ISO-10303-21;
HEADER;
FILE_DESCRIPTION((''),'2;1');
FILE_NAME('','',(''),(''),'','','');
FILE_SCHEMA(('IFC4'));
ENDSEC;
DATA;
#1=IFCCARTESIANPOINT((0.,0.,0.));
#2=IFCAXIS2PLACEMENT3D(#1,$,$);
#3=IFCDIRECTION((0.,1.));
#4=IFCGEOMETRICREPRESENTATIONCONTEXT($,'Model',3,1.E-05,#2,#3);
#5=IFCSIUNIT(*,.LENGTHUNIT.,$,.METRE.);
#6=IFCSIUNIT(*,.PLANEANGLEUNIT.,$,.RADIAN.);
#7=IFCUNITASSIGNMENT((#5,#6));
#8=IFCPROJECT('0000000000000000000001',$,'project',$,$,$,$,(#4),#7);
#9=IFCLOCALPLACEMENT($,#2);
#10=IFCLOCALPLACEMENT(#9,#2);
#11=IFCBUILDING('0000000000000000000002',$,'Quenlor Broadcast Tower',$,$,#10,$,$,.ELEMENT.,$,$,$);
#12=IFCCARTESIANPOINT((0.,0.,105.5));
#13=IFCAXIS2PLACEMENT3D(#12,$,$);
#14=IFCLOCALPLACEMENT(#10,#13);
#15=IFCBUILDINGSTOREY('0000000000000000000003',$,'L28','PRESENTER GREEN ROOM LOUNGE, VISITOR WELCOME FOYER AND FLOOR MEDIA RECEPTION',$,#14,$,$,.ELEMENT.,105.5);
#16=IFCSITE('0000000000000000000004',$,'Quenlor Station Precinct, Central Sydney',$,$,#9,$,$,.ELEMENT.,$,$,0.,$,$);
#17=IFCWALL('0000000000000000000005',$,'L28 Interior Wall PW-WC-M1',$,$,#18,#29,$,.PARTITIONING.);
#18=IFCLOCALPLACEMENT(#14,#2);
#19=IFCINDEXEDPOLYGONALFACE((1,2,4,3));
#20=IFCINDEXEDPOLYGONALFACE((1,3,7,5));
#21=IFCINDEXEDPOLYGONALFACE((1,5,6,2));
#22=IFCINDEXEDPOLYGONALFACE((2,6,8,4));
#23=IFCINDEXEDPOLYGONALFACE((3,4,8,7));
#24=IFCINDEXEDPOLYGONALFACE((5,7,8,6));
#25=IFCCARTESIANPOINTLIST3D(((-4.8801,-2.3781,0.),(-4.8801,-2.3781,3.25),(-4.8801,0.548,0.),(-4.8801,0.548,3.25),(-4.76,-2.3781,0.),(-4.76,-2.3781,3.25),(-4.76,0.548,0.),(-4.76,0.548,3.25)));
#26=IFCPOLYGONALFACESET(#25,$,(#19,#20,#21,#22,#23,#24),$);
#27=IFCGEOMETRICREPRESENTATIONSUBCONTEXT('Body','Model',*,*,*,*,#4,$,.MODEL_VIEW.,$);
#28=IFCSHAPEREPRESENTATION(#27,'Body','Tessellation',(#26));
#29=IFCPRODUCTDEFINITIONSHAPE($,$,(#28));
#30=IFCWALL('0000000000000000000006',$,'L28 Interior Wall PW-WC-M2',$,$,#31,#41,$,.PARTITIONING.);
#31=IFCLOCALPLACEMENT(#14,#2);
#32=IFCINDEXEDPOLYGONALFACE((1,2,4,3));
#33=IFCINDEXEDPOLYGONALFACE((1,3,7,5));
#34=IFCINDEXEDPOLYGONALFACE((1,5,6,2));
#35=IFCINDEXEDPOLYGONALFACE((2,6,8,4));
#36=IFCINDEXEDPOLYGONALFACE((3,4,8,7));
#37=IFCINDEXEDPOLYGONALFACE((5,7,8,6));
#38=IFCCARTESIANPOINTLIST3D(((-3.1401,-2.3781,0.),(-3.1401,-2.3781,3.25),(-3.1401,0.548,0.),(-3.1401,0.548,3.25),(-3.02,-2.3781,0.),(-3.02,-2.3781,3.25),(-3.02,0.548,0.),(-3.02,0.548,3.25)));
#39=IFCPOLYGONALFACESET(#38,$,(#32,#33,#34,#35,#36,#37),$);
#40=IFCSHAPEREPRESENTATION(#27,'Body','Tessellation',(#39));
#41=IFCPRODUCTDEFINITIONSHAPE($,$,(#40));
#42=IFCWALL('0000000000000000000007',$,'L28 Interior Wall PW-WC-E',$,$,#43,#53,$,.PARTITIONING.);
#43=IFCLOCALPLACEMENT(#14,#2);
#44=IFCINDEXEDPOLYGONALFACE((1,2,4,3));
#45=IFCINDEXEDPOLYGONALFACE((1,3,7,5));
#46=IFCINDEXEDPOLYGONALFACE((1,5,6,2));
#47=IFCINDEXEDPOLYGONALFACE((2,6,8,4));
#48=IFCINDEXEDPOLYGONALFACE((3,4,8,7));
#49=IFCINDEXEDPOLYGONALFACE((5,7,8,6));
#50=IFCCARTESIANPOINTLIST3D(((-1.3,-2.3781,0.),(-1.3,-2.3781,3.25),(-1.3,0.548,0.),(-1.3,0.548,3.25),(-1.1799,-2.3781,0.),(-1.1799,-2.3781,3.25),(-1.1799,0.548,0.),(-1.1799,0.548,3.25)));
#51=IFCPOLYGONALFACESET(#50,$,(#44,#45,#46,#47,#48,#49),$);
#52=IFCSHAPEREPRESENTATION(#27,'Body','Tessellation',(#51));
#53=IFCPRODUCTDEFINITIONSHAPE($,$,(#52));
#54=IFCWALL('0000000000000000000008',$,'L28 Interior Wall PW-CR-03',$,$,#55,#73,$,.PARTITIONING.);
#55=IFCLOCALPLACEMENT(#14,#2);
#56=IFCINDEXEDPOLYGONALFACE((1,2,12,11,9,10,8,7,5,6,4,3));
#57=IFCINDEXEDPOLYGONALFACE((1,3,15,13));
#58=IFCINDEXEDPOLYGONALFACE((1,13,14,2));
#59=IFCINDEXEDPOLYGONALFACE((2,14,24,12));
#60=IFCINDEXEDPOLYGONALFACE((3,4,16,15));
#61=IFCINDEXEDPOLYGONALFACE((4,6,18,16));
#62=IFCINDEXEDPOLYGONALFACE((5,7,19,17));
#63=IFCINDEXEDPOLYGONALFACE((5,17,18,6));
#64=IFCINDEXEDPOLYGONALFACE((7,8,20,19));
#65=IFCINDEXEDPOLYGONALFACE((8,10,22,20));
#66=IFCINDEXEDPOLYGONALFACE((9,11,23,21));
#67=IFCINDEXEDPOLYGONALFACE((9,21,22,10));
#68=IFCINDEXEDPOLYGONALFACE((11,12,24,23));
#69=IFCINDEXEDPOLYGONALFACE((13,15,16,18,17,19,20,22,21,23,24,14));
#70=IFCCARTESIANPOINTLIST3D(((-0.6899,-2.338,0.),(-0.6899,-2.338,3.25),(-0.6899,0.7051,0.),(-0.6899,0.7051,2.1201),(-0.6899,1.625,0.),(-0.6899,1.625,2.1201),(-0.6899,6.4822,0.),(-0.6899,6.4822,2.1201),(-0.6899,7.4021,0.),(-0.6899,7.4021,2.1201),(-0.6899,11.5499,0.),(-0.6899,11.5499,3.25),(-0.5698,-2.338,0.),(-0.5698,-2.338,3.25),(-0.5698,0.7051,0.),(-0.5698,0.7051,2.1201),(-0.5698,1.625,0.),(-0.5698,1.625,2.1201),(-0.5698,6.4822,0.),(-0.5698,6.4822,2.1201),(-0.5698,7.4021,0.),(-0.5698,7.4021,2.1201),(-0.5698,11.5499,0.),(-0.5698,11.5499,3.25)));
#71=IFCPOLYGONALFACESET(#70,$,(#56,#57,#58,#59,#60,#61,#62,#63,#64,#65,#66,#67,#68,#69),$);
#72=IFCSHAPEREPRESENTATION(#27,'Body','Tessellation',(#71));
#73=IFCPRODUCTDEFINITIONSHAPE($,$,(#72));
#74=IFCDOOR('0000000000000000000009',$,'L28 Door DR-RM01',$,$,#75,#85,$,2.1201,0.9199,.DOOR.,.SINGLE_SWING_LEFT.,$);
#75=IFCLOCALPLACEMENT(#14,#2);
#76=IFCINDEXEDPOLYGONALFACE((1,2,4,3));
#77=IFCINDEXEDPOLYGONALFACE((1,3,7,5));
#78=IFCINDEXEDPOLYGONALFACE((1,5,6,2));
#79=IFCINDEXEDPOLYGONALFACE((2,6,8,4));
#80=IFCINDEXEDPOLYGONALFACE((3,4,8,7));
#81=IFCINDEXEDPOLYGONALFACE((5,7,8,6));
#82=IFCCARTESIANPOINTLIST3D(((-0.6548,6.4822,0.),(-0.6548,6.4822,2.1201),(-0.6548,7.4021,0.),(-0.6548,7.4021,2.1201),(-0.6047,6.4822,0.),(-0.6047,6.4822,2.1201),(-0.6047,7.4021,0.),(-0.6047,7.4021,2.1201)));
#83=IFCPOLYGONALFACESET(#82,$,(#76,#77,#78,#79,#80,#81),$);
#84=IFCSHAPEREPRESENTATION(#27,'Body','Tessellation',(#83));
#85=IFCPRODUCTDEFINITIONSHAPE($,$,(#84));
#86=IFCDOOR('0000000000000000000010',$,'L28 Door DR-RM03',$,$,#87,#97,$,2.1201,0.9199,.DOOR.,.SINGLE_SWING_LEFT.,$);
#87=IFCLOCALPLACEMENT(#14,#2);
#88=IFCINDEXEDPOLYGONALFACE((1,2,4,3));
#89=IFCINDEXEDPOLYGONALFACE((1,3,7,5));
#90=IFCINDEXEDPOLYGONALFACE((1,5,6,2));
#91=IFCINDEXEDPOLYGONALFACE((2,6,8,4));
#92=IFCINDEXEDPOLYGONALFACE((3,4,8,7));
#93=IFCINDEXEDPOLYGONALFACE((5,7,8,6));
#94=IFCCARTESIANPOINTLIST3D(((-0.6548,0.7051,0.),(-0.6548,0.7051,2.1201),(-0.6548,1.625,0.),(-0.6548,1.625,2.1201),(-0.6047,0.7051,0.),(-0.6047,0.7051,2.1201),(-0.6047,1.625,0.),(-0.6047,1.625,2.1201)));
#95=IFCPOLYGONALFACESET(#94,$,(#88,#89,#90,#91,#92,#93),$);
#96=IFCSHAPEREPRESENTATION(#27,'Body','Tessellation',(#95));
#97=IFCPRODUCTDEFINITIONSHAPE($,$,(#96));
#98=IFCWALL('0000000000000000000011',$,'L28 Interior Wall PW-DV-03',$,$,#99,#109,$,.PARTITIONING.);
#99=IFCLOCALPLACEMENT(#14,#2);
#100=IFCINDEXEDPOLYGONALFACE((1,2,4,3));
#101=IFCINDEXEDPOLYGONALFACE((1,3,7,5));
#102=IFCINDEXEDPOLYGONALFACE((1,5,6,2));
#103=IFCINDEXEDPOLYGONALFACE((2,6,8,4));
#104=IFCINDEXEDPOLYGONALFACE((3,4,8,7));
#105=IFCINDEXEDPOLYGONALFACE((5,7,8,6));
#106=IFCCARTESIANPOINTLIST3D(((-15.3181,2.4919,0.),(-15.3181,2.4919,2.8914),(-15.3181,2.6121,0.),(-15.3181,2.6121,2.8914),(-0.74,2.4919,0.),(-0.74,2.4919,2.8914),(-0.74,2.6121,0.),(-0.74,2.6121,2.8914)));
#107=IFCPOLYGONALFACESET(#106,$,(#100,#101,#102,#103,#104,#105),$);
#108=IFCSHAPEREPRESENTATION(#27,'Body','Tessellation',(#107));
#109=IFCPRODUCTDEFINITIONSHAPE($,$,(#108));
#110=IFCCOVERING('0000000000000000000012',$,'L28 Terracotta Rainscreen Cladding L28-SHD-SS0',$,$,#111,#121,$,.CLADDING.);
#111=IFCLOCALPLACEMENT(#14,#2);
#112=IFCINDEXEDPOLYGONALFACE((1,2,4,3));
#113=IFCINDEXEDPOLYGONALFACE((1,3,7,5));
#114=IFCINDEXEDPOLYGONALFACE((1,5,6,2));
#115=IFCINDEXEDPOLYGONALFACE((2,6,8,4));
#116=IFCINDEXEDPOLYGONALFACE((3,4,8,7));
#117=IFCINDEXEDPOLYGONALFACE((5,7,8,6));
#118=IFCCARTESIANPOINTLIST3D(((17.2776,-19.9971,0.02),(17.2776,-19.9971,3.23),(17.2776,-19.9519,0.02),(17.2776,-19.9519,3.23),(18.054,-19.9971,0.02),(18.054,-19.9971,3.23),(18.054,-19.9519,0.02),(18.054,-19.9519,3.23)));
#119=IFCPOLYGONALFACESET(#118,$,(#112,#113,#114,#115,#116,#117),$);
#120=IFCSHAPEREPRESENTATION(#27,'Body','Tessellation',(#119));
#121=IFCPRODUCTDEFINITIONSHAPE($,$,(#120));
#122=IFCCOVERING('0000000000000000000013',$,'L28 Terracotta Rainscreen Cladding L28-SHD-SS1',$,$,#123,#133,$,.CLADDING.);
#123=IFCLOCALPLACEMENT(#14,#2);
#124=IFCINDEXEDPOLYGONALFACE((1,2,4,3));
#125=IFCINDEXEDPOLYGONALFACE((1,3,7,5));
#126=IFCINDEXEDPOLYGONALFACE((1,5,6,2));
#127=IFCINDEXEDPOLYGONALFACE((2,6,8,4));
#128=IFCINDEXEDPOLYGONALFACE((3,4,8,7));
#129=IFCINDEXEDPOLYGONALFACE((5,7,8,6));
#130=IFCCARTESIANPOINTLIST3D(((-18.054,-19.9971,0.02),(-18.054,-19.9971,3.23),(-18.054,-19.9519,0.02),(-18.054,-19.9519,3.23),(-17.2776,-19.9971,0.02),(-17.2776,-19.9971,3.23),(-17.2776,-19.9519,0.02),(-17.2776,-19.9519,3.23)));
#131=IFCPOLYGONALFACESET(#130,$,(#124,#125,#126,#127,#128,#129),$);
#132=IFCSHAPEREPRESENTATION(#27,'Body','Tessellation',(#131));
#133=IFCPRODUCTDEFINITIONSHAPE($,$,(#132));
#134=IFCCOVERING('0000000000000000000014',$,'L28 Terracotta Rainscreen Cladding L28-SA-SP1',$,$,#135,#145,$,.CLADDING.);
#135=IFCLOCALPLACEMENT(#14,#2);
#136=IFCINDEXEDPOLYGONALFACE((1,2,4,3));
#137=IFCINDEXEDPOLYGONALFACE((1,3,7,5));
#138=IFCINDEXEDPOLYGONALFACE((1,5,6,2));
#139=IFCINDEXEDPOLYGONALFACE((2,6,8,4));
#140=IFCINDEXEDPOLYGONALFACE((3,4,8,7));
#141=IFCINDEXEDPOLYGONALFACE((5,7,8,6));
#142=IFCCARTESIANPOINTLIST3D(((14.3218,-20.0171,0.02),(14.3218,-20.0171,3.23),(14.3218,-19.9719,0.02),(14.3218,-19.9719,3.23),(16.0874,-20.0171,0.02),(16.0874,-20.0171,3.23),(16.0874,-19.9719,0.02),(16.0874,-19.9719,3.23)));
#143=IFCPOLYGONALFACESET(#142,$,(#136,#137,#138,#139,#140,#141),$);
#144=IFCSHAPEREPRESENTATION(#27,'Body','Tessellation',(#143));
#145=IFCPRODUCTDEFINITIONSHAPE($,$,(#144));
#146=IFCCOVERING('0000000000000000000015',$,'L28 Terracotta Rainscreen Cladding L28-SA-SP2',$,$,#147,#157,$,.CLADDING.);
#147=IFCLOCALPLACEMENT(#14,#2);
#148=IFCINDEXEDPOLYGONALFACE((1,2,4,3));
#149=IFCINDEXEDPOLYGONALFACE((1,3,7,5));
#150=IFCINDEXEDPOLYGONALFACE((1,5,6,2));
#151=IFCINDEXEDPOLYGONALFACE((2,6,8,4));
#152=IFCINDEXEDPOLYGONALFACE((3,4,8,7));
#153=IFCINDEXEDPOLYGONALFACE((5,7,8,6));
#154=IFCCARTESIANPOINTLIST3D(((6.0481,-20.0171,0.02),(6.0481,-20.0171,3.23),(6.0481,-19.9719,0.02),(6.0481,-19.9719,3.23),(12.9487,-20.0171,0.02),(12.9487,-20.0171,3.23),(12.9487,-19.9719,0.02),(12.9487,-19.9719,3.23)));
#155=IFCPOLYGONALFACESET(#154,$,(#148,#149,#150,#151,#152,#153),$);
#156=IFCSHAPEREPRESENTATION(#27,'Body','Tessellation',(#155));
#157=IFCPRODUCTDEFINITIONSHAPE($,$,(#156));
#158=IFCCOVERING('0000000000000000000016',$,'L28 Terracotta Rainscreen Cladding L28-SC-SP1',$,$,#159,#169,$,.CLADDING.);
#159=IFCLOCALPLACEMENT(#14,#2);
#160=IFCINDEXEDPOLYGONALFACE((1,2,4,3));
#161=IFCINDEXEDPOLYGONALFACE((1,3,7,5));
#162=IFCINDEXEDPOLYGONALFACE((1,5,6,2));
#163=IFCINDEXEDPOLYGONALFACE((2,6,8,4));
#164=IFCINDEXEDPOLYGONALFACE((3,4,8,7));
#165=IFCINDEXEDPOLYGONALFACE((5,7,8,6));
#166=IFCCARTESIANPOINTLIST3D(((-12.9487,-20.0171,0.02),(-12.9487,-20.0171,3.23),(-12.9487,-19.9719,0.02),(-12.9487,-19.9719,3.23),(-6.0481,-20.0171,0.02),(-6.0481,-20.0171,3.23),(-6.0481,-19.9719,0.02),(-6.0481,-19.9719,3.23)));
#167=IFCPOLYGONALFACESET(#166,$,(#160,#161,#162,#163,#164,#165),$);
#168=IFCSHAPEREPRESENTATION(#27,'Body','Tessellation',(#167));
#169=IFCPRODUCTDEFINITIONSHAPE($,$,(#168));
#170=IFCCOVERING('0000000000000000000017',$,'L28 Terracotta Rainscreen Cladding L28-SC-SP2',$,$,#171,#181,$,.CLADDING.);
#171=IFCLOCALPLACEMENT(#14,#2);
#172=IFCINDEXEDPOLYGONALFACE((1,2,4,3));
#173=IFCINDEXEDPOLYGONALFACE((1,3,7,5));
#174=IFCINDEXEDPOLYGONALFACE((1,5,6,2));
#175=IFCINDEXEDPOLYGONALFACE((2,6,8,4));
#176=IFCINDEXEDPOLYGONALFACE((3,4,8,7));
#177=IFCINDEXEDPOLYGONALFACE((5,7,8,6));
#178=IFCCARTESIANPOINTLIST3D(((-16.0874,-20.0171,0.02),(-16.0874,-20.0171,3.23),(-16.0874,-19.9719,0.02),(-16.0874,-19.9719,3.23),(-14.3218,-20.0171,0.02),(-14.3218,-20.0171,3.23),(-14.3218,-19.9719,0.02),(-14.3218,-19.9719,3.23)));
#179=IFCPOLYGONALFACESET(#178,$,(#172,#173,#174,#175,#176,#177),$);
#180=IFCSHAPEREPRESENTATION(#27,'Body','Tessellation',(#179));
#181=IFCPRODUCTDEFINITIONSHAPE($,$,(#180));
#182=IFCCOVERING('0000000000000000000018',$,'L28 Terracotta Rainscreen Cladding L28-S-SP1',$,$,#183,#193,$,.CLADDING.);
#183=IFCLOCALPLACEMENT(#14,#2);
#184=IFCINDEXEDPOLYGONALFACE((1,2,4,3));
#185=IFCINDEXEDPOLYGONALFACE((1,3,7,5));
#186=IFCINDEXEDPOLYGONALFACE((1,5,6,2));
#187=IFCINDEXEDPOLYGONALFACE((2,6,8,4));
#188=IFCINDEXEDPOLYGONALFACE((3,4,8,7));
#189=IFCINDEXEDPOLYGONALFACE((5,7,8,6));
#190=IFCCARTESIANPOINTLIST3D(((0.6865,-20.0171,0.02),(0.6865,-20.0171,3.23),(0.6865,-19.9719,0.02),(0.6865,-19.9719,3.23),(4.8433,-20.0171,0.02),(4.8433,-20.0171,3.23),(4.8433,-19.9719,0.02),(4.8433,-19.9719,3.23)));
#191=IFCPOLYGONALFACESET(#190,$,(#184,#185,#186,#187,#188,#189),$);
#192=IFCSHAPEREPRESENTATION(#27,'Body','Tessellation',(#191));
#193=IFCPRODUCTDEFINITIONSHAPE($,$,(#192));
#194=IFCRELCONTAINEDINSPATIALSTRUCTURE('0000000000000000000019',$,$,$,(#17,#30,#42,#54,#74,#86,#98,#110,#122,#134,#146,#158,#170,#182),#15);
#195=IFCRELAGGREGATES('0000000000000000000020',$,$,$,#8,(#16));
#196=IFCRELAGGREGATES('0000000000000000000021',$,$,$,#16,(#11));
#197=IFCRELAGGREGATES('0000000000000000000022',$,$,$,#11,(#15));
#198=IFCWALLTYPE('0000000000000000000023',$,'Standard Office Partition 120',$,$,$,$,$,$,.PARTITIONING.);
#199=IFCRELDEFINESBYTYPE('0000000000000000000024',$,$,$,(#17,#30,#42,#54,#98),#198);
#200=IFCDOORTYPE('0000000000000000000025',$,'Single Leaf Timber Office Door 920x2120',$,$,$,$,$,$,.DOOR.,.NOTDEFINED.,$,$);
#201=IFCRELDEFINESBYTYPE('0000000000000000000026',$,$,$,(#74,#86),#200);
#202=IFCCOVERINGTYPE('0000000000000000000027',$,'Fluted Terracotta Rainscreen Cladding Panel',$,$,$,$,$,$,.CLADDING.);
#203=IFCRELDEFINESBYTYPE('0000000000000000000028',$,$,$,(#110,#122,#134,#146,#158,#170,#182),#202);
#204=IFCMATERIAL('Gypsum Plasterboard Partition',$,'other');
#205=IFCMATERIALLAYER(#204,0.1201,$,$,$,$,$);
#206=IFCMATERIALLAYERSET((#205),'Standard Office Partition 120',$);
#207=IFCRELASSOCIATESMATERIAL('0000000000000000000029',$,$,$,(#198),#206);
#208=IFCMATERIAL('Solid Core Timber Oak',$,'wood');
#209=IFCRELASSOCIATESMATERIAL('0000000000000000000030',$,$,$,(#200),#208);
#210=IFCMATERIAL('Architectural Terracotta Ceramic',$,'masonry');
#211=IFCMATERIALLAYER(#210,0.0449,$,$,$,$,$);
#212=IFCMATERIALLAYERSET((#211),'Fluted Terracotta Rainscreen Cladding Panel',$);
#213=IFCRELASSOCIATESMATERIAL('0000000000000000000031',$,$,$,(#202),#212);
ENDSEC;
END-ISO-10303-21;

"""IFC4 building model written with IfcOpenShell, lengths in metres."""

from ifc_helpers import new_model, si_unit, direction, frame, frame_2d, origin, place, context, subcontext, project, spatial, polyline, rectangle, outline, extrude, material, layer, layer_set, type_object, element, fill, save


model = new_model("IFC4")

# Units and contexts
model_context = context("Model", 3, precision=1e-05, world=origin(), true_north=direction((0.0, 1.0)))
body_context = subcontext(model_context, "Body", "Model", "MODEL_VIEW")
ifc_project = project(units=[si_unit("LENGTHUNIT", "METRE"), si_unit("PLANEANGLEUNIT", "RADIAN")], contexts=[model_context])

# Site, building, storey
site_placement = place(None, origin())
site = spatial("IfcSite", under=ifc_project, at=site_placement, Name="Quenlor Station Precinct, Central Sydney", CompositionType="ELEMENT", RefElevation=0.0)
building_placement = place(site_placement, origin())
building = spatial("IfcBuilding", under=site, at=building_placement, Name="Quenlor Broadcast Tower", CompositionType="ELEMENT")
storey_placement = place(building_placement, frame((0.0, 0.0, 105.5)))
storey = spatial("IfcBuildingStorey", under=building, at=storey_placement, Name="L28", Description="PRESENTER GREEN ROOM LOUNGE, VISITOR WELCOME FOYER AND FLOOR MEDIA RECEPTION", CompositionType="ELEMENT", Elevation=105.5)

# Walls
ifc_material_1 = material(Name="Gypsum Plasterboard Partition", Category="other")
ifc_layer_1 = layer(ifc_material_1, 0.1201)
ifc_layer_set_1 = layer_set([ifc_layer_1], Name="Standard Office Partition 120")
wall_type = type_object("IfcWallType", Name="Standard Office Partition 120", PredefinedType="PARTITIONING", material=ifc_layer_set_1)
for number, where, z_axis, x_axis, name in (
    (1, (-4.8201, -2.3779, 0.0), (0.0, 0.0, 1.0), (0.0, 1.0, 0.0), "L28 Interior Wall PW-WC-M1"),
    (2, (-3.0801, -2.3779, 0.0), (0.0, 0.0, 1.0), (0.0, 1.0, 0.0), "L28 Interior Wall PW-WC-M2"),
    (3, (-1.24, -2.3779, 0.0), (0.0, 0.0, 1.0), (0.0, 1.0, 0.0), "L28 Interior Wall PW-WC-E"),
):
    element("IfcWall", number, at=place(storey_placement, frame(where, z_axis=z_axis, x_axis=x_axis)), inside=storey, type_object=wall_type, Name=name, PredefinedType="PARTITIONING", context=body_context, shape_type="SweptSolid", body=[
        extrude(rectangle(XDim=2.926, YDim=0.1201, at=frame_2d((1.4629, 0.0))), origin(), (0.0, 0.0, 1.0), 3.25),
    ])

# Wall, openings, doors
wall_1_placement = place(storey_placement, frame((-0.6299, -2.3379, 0.0), z_axis=(0.0, 0.0, 1.0), x_axis=(0.0, 1.0, 0.0)))
wall_1 = element("IfcWall", 4, at=wall_1_placement, inside=storey, type_object=wall_type, Name="L28 Interior Wall PW-CR-03", PredefinedType="PARTITIONING", context=body_context, shape_type="SweptSolid", body=[
    extrude(rectangle(XDim=13.8879, YDim=0.1201, at=frame_2d((6.9438, 0.0))), origin(), (0.0, 0.0, 1.0), 3.25),
])
opening_1_placement = place(wall_1_placement, frame((8.8201, 0.0, 0.0)))
opening_1 = element("IfcOpeningElement", 5, at=opening_1_placement, cuts=wall_1, PredefinedType="OPENING", context=body_context, shape_type="SweptSolid", body=[
    extrude(rectangle(XDim=0.9199, YDim=2.1201, at=frame_2d((0.46, 1.0601))), frame((0.0, 0.0701, 0.0), z_axis=(0.0, -1.0, 0.0), x_axis=(1.0, 0.0, 0.0)), (0.0, 0.0, 1.0), 0.1401),
])
opening_2_placement = place(wall_1_placement, frame((3.043, 0.0, 0.0)))
opening_2 = element("IfcOpeningElement", 6, at=opening_2_placement, cuts=wall_1, PredefinedType="OPENING", context=body_context, shape_type="SweptSolid", body=[
    extrude(rectangle(XDim=0.9199, YDim=2.1201, at=frame_2d((0.46, 1.0601))), frame((0.0, 0.0701, 0.0), z_axis=(0.0, -1.0, 0.0), x_axis=(1.0, 0.0, 0.0)), (0.0, 0.0, 1.0), 0.1401),
])
ifc_material_2 = material(Name="Solid Core Timber Oak", Category="wood")
door_type = type_object("IfcDoorType", Name="Single Leaf Timber Office Door 920x2120", OperationType="NOTDEFINED", PredefinedType="DOOR", material=ifc_material_2)
door_1_placement = place(opening_1_placement, origin())
door_1 = element("IfcDoor", 7, at=door_1_placement, inside=storey, type_object=door_type, Name="L28 Door DR-RM01", OperationType="SINGLE_SWING_LEFT", OverallHeight=2.1201, OverallWidth=0.9199, PredefinedType="DOOR", context=body_context, shape_type="SweptSolid", body=[
    extrude(rectangle(XDim=0.9199, YDim=2.1201, at=frame_2d((0.46, 1.0601))), frame((0.0, 0.0249, 0.0), z_axis=(0.0, -1.0, 0.0), x_axis=(1.0, 0.0, 0.0)), (0.0, 0.0, 1.0), 0.05),
])
fill(opening_1, door_1)
door_2_placement = place(opening_2_placement, origin())
door_2 = element("IfcDoor", 8, at=door_2_placement, inside=storey, type_object=door_type, Name="L28 Door DR-RM03", OperationType="SINGLE_SWING_LEFT", OverallHeight=2.1201, OverallWidth=0.9199, PredefinedType="DOOR", context=body_context, shape_type="SweptSolid", body=[
    extrude(rectangle(XDim=0.9199, YDim=2.1201, at=frame_2d((0.46, 1.0601))), frame((0.0, 0.0249, 0.0), z_axis=(0.0, -1.0, 0.0), x_axis=(1.0, 0.0, 0.0)), (0.0, 0.0, 1.0), 0.05),
])
fill(opening_2, door_2)

# Wall
wall_2_placement = place(storey_placement, frame((-0.74, 2.552, 0.0), z_axis=(0.0, 0.0, 1.0), x_axis=(-1.0, 0.0, 0.0)))
element("IfcWall", 9, at=wall_2_placement, inside=storey, type_object=wall_type, Name="L28 Interior Wall PW-DV-03", PredefinedType="PARTITIONING", context=body_context, shape_type="SweptSolid", body=[
    extrude(rectangle(XDim=14.5781, YDim=0.1201, at=frame_2d((7.2891, 0.0))), origin(), (0.0, 0.0, 1.0), 2.8914),
])

# Coverings
ifc_material_3 = material(Name="Architectural Terracotta Ceramic", Category="masonry")
ifc_layer_2 = layer(ifc_material_3, 0.0449)
ifc_layer_set_2 = layer_set([ifc_layer_2], Name="Fluted Terracotta Rainscreen Cladding Panel")
covering_type = type_object("IfcCoveringType", Name="Fluted Terracotta Rainscreen Cladding Panel", PredefinedType="CLADDING", material=ifc_layer_set_2)
covering_1_placement = place(storey_placement, frame((0.0, 0.0, 0.02)))
element("IfcCovering", 10, at=covering_1_placement, inside=storey, type_object=covering_type, Name="L28 Terracotta Rainscreen Cladding L28-SHD-SS0", PredefinedType="CLADDING", context=body_context, shape_type="SweptSolid", body=[
    extrude(outline(polyline([(18.054, -19.9519), (17.2776, -19.9519), (17.2776, -19.9971), (18.054, -19.9971), (18.054, -19.9519)])), origin(), (0.0, 0.0, 1.0), 3.21),
])
covering_2_placement = place(storey_placement, frame((0.0, 0.0, 0.02)))
element("IfcCovering", 11, at=covering_2_placement, inside=storey, type_object=covering_type, Name="L28 Terracotta Rainscreen Cladding L28-SHD-SS1", PredefinedType="CLADDING", context=body_context, shape_type="SweptSolid", body=[
    extrude(outline(polyline([(-17.2776, -19.9519), (-18.054, -19.9519), (-18.054, -19.9971), (-17.2776, -19.9971), (-17.2776, -19.9519)])), origin(), (0.0, 0.0, 1.0), 3.21),
])
covering_3_placement = place(storey_placement, frame((0.0, 0.0, 0.02)))
element("IfcCovering", 12, at=covering_3_placement, inside=storey, type_object=covering_type, Name="L28 Terracotta Rainscreen Cladding L28-SA-SP1", PredefinedType="CLADDING", context=body_context, shape_type="SweptSolid", body=[
    extrude(outline(polyline([(16.0874, -19.9719), (14.3218, -19.9719), (14.3218, -20.0171), (16.0874, -20.0171), (16.0874, -19.9719)])), origin(), (0.0, 0.0, 1.0), 3.21),
])
covering_4_placement = place(storey_placement, frame((0.0, 0.0, 0.02)))
element("IfcCovering", 13, at=covering_4_placement, inside=storey, type_object=covering_type, Name="L28 Terracotta Rainscreen Cladding L28-SA-SP2", PredefinedType="CLADDING", context=body_context, shape_type="SweptSolid", body=[
    extrude(outline(polyline([(12.9487, -19.9719), (6.0481, -19.9719), (6.0481, -20.0171), (12.9487, -20.0171), (12.9487, -19.9719)])), origin(), (0.0, 0.0, 1.0), 3.21),
])
covering_5_placement = place(storey_placement, frame((0.0, 0.0, 0.02)))
element("IfcCovering", 14, at=covering_5_placement, inside=storey, type_object=covering_type, Name="L28 Terracotta Rainscreen Cladding L28-SC-SP1", PredefinedType="CLADDING", context=body_context, shape_type="SweptSolid", body=[
    extrude(outline(polyline([(-6.0481, -19.9719), (-12.9487, -19.9719), (-12.9487, -20.0171), (-6.0481, -20.0171), (-6.0481, -19.9719)])), origin(), (0.0, 0.0, 1.0), 3.21),
])
covering_6_placement = place(storey_placement, frame((0.0, 0.0, 0.02)))
element("IfcCovering", 15, at=covering_6_placement, inside=storey, type_object=covering_type, Name="L28 Terracotta Rainscreen Cladding L28-SC-SP2", PredefinedType="CLADDING", context=body_context, shape_type="SweptSolid", body=[
    extrude(outline(polyline([(-14.3218, -19.9719), (-16.0874, -19.9719), (-16.0874, -20.0171), (-14.3218, -20.0171), (-14.3218, -19.9719)])), origin(), (0.0, 0.0, 1.0), 3.21),
])
covering_7_placement = place(storey_placement, frame((0.0, 0.0, 0.02)))
element("IfcCovering", 16, at=covering_7_placement, inside=storey, type_object=covering_type, Name="L28 Terracotta Rainscreen Cladding L28-S-SP1", PredefinedType="CLADDING", context=body_context, shape_type="SweptSolid", body=[
    extrude(outline(polyline([(4.8433, -19.9719), (0.6865, -19.9719), (0.6865, -20.0171), (4.8433, -20.0171), (4.8433, -19.9719)])), origin(), (0.0, 0.0, 1.0), 3.21),
])

save(model, "model.ifc")
